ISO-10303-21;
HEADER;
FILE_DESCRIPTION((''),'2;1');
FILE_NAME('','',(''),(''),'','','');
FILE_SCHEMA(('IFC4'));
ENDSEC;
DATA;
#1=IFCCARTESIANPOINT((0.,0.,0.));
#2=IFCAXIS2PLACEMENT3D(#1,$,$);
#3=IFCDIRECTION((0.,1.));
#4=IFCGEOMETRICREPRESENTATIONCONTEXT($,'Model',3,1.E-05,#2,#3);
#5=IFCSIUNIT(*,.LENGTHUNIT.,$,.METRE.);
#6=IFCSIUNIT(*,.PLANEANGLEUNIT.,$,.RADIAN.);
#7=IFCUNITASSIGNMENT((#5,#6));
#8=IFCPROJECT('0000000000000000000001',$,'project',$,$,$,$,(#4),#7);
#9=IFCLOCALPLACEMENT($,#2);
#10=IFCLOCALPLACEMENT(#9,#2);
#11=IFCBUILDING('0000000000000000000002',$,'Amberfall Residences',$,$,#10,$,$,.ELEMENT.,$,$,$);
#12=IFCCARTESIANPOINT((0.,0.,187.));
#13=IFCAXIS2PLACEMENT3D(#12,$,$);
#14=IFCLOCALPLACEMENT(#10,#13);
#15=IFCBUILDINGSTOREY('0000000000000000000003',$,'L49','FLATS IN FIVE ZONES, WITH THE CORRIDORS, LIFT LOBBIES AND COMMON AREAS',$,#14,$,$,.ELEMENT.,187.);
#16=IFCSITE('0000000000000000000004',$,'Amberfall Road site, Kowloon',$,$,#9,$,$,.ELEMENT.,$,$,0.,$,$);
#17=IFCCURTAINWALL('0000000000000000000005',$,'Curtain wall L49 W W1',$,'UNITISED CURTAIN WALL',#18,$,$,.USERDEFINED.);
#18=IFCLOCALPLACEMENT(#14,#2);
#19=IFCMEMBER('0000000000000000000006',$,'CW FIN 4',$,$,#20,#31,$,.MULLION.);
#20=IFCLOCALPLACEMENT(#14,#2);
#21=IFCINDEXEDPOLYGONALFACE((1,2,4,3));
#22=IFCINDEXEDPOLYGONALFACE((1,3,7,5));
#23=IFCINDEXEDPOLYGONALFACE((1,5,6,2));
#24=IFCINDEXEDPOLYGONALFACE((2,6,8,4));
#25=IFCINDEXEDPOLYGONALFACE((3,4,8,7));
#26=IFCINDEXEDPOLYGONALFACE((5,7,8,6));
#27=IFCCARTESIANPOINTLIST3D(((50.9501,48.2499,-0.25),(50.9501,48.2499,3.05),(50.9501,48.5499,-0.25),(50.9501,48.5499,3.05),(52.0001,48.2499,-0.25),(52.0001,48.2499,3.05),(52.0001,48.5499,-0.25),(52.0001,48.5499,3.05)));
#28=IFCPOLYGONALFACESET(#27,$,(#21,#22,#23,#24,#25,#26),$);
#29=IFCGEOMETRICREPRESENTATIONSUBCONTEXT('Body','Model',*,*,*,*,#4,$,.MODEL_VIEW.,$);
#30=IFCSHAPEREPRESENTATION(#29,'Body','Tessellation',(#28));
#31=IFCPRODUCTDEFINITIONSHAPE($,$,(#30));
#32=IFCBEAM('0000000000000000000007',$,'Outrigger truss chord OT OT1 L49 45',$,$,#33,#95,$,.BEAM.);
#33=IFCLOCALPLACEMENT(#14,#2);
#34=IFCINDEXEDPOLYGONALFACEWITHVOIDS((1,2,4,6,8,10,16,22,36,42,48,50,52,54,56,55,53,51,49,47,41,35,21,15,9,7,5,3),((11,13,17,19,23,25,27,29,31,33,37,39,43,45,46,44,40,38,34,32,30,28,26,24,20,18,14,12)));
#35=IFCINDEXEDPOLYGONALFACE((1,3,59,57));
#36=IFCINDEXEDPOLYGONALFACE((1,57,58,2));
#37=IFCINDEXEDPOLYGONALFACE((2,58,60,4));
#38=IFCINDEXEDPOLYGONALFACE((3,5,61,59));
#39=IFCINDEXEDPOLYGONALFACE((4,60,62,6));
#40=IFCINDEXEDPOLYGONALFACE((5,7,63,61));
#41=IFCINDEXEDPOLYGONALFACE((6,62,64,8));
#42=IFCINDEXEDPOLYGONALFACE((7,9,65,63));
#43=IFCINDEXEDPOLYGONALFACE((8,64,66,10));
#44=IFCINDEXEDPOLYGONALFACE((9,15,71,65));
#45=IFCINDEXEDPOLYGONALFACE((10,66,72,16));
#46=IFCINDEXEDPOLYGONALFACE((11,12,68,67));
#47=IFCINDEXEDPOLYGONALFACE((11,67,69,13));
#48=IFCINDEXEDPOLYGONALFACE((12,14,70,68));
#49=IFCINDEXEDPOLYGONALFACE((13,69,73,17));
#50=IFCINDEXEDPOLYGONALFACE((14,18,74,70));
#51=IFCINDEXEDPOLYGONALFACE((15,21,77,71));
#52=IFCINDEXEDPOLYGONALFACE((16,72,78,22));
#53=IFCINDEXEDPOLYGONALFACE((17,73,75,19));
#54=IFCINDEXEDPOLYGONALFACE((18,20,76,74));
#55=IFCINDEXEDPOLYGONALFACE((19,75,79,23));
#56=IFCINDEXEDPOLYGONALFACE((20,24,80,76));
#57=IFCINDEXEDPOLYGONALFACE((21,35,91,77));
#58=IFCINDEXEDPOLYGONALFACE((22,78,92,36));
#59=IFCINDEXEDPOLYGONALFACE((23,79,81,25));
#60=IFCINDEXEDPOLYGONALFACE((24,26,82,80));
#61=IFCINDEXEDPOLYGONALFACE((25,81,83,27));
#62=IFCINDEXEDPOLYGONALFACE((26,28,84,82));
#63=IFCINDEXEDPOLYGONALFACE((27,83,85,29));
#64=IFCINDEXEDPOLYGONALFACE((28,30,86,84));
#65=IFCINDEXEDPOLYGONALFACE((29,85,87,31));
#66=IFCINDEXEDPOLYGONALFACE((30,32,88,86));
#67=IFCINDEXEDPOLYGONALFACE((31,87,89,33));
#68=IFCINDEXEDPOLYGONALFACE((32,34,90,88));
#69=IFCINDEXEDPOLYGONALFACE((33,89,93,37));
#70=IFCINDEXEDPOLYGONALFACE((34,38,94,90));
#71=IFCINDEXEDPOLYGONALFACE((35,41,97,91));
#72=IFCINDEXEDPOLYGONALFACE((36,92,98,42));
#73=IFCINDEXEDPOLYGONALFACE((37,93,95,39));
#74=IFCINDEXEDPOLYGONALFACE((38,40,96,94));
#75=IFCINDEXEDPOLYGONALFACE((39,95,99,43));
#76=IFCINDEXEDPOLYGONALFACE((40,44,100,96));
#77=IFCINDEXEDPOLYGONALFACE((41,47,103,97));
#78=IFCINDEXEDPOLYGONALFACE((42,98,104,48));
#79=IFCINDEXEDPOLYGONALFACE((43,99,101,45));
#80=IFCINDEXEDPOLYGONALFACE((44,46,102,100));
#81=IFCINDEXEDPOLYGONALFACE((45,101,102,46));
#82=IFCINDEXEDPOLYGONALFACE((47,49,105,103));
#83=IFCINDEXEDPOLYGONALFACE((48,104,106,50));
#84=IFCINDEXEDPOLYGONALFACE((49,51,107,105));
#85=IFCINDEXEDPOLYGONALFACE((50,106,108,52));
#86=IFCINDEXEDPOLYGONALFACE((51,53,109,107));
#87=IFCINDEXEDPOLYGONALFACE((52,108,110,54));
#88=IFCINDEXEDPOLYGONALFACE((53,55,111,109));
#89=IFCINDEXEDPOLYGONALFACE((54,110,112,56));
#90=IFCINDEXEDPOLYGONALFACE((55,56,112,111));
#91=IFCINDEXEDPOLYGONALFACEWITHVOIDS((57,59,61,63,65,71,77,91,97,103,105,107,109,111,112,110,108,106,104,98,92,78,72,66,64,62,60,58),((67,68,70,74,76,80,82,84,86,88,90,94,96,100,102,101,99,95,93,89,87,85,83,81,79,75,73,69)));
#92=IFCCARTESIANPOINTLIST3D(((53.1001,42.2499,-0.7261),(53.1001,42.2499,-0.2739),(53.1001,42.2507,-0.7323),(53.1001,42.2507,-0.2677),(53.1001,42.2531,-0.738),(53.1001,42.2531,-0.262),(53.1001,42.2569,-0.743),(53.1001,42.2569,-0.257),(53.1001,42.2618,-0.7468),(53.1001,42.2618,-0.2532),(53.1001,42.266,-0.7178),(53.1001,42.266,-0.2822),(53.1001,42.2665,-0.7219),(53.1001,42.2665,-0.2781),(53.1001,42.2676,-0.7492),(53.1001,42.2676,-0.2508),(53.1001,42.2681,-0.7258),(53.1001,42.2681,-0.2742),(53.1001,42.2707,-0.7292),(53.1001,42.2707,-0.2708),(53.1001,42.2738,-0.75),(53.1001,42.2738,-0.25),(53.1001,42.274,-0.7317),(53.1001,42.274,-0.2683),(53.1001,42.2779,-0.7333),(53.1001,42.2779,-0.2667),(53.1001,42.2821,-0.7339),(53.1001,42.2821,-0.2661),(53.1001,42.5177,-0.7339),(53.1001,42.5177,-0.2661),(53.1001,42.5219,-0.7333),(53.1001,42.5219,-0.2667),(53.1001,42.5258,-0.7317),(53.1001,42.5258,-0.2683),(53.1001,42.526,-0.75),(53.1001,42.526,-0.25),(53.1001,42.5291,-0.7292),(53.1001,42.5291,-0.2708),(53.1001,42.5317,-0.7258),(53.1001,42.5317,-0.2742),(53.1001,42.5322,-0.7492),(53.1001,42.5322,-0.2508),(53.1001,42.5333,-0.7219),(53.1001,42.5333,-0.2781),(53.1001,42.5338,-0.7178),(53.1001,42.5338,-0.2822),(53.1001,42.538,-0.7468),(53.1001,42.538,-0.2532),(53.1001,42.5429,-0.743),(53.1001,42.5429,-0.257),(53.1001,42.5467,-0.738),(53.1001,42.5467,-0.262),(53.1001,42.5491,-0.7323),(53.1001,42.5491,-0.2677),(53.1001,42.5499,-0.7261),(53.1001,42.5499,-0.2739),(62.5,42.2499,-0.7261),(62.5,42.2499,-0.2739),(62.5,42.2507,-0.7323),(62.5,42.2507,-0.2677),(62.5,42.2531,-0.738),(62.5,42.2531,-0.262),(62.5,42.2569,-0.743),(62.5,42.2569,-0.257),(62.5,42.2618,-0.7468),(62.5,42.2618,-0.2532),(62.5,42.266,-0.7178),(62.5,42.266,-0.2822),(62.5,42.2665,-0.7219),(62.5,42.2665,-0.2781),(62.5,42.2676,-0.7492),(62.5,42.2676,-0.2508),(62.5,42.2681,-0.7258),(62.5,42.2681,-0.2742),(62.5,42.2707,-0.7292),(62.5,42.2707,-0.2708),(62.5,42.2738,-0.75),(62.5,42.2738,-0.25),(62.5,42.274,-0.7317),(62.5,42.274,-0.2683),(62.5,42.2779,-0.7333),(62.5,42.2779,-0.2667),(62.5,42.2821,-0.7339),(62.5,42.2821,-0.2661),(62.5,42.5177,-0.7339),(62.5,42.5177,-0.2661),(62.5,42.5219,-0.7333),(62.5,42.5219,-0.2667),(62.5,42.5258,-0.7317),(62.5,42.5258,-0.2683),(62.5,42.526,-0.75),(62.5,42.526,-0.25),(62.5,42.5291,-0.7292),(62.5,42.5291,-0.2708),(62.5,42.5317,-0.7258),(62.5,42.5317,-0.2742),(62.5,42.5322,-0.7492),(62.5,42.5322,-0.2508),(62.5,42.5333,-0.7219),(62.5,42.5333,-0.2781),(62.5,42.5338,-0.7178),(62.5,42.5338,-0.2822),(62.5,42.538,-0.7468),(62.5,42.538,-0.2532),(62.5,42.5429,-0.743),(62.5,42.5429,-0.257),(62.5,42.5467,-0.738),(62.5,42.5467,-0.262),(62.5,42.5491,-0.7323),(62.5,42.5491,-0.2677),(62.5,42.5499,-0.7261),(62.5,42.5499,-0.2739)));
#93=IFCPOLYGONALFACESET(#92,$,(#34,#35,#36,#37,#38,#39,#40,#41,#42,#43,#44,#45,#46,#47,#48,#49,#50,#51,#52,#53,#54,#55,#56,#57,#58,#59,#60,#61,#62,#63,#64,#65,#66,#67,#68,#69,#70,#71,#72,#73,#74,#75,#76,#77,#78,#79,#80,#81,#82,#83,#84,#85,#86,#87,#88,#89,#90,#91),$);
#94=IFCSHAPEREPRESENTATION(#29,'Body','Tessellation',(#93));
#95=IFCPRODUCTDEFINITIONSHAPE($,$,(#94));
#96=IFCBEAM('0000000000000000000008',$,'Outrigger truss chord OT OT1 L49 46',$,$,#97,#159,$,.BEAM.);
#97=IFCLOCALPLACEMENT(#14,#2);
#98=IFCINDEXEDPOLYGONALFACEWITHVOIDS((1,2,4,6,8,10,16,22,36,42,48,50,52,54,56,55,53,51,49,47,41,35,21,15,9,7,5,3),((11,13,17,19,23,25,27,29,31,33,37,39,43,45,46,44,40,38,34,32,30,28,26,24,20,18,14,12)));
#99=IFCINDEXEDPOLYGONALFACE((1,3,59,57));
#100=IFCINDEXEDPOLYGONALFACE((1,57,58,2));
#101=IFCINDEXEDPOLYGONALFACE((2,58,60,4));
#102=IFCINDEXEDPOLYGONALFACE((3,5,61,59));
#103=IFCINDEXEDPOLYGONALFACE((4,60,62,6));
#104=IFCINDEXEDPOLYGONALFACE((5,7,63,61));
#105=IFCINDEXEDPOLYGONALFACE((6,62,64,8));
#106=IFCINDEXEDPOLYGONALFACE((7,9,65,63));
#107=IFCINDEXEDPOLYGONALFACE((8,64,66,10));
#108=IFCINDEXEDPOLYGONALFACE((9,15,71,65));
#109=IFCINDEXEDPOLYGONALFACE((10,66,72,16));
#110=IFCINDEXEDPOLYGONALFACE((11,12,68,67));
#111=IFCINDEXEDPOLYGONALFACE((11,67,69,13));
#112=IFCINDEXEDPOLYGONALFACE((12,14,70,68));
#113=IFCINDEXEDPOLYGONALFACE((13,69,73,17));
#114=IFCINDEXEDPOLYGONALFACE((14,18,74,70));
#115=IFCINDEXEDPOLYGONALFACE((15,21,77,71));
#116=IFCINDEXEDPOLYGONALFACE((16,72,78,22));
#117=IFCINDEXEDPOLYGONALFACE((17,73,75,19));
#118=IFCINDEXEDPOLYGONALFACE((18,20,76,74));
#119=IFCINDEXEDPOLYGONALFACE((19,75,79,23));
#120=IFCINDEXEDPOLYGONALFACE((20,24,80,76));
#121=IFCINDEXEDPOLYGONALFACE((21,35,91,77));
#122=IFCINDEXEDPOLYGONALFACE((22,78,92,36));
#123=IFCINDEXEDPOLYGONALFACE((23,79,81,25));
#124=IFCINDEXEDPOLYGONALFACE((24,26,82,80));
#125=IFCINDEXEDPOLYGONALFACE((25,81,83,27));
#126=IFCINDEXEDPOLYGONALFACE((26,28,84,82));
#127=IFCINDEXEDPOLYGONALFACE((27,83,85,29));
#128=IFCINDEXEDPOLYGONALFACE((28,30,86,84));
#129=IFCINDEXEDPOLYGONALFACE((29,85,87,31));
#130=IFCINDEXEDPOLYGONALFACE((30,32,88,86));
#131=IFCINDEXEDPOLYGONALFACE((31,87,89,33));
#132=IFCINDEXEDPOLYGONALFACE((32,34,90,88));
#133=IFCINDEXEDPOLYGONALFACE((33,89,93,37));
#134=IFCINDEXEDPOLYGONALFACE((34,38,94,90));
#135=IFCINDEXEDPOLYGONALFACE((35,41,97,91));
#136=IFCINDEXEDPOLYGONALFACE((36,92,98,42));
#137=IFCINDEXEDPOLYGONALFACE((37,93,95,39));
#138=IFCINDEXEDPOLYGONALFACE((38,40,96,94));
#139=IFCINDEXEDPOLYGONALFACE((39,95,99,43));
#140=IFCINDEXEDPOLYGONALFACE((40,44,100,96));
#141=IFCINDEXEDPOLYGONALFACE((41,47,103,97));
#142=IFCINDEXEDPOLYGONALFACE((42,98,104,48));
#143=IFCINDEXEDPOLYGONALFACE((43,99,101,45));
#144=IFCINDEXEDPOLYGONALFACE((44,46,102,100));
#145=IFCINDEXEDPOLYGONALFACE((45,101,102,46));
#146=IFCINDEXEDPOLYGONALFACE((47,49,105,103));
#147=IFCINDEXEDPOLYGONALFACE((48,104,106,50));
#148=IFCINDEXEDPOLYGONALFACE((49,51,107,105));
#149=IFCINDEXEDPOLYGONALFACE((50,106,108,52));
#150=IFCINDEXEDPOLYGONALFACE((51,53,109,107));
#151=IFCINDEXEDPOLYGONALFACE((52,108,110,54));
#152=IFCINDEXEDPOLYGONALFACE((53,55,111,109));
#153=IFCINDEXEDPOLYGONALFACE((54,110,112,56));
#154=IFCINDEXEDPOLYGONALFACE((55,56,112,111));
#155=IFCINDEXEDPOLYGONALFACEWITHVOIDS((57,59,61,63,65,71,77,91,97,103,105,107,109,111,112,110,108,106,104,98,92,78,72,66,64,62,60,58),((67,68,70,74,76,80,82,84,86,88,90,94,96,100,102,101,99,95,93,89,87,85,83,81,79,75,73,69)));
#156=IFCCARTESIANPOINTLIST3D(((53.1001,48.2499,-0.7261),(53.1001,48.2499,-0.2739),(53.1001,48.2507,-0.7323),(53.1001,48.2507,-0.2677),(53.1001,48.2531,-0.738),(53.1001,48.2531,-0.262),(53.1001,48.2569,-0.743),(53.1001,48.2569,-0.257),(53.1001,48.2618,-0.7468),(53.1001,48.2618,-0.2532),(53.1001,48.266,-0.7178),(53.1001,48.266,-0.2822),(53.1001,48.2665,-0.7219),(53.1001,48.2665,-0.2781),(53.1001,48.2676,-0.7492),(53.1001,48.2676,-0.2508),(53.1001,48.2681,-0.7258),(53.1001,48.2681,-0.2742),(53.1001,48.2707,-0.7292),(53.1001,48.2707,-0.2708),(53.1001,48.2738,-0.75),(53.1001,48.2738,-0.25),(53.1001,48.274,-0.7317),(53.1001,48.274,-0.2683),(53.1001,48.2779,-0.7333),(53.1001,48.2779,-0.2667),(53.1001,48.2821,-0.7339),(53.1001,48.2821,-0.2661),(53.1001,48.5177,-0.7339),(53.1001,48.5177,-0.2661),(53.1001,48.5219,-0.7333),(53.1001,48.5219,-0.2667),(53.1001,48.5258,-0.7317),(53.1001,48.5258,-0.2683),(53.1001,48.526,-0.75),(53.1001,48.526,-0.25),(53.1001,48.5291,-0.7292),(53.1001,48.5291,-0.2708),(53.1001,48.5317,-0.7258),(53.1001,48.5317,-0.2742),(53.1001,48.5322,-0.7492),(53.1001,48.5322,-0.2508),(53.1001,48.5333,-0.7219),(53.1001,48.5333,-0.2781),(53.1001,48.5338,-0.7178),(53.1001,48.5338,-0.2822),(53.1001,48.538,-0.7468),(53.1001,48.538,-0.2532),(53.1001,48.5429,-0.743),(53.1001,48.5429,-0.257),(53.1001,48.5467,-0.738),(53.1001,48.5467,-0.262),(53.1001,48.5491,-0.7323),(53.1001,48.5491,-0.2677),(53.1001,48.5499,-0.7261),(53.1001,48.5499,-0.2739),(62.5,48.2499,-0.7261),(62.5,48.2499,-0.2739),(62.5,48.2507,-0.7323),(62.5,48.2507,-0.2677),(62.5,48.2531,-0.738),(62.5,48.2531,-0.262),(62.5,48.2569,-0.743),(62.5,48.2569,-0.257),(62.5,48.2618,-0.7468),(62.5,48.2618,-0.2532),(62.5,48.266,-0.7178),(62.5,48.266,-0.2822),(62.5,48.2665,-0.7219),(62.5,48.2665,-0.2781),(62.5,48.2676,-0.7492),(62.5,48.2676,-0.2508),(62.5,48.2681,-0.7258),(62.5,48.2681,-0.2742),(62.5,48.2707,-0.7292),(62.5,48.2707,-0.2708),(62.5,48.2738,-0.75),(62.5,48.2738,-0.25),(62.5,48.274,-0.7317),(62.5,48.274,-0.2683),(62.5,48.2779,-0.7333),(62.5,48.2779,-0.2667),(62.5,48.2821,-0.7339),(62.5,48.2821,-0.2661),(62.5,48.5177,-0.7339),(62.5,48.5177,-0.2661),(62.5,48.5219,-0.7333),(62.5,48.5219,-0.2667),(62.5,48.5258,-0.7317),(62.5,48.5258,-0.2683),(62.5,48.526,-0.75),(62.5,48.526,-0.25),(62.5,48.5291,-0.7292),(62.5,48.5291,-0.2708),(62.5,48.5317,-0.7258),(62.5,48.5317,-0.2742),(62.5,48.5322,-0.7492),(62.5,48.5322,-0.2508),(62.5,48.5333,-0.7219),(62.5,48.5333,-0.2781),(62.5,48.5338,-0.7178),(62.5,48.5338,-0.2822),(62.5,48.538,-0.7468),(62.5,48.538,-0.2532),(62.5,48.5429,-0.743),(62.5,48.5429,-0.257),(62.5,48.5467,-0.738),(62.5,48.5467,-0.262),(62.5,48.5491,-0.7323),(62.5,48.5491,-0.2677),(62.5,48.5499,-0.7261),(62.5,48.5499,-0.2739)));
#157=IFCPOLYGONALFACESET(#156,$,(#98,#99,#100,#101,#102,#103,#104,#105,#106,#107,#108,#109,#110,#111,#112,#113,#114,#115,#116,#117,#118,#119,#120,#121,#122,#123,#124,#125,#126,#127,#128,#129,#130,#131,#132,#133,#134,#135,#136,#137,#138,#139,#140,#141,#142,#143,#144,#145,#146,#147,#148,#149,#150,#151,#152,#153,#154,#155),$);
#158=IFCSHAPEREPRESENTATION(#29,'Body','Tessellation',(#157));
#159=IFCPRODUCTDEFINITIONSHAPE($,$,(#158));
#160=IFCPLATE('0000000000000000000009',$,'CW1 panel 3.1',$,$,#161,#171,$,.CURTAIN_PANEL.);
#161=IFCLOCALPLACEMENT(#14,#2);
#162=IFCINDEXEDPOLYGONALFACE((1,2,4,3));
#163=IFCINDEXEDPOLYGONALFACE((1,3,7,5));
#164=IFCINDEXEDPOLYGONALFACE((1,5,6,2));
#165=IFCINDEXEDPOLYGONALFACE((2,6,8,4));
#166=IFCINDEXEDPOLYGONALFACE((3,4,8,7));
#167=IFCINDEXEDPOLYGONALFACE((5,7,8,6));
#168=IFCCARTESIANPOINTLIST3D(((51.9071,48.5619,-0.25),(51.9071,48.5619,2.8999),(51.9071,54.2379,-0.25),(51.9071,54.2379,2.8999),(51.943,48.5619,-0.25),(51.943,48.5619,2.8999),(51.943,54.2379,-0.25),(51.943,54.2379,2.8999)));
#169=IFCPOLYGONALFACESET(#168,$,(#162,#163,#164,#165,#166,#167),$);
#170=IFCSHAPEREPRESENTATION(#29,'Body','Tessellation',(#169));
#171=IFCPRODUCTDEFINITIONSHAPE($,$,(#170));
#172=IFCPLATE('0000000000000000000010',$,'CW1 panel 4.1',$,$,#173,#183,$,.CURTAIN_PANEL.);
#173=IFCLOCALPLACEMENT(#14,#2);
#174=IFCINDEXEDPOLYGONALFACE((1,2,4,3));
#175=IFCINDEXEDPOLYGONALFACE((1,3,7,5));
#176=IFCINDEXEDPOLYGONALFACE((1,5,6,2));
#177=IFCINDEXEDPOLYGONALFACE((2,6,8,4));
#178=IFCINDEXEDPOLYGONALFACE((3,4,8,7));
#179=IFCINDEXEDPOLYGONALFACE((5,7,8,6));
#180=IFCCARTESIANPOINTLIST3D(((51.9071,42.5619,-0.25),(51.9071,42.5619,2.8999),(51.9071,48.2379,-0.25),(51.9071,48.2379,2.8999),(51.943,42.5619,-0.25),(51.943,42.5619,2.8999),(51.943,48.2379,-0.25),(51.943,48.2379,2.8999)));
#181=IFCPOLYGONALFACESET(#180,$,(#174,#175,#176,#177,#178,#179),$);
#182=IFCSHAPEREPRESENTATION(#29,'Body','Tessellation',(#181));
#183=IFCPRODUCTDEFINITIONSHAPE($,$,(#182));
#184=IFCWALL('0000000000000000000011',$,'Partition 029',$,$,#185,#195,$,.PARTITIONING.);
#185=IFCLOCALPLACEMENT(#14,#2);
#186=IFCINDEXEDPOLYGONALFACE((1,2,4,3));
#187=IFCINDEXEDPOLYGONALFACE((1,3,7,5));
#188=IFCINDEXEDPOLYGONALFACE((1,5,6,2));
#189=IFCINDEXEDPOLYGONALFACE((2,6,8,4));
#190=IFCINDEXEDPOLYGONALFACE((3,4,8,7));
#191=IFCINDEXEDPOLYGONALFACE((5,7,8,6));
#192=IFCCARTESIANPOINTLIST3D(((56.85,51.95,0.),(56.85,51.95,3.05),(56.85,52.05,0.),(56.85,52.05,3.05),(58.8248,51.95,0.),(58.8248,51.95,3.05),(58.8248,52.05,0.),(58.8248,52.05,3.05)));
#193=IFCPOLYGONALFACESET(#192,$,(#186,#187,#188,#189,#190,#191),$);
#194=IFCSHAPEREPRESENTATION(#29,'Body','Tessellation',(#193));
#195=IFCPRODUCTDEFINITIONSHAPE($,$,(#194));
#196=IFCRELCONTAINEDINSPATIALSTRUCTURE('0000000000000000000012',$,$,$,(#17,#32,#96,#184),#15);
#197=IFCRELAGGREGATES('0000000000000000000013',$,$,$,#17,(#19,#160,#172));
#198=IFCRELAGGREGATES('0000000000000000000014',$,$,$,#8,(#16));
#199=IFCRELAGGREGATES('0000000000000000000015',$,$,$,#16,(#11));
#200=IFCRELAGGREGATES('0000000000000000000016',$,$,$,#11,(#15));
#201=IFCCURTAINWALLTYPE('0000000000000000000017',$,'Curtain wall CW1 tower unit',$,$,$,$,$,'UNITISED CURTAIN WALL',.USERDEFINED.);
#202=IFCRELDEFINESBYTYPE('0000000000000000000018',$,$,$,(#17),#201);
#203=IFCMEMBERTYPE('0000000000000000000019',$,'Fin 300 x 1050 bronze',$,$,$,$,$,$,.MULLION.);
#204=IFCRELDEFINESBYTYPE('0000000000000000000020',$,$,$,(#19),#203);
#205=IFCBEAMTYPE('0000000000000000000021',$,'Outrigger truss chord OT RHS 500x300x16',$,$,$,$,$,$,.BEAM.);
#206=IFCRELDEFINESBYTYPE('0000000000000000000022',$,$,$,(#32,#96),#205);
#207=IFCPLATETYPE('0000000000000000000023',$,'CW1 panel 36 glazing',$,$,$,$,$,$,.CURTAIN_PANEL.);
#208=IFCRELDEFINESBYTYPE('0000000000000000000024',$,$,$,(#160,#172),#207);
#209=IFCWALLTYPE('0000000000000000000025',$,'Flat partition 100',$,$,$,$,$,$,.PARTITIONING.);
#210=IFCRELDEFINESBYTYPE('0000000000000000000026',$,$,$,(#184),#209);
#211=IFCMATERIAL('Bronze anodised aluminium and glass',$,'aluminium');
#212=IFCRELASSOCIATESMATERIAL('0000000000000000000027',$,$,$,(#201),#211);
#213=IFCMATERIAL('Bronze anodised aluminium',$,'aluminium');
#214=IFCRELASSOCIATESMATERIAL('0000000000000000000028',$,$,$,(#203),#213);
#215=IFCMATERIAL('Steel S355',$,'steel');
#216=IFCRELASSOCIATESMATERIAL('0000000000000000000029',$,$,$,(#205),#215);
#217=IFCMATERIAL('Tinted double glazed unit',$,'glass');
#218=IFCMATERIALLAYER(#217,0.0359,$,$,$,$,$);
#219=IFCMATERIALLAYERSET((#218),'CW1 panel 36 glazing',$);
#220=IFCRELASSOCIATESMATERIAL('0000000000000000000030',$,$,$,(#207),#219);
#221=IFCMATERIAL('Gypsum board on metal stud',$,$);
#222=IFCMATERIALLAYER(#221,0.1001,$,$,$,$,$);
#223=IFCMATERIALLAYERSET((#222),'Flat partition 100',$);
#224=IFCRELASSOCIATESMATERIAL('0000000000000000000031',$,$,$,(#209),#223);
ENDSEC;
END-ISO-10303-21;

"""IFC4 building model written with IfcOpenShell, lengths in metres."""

from ifc_helpers import new_model, si_unit, direction, frame, frame_2d, origin, origin_2d, place, context, subcontext, project, spatial, rectangle, hollow_rectangle, extrude, material, layer, layer_set, material_profile, profile_set, type_object, element, aggregate, save


model = new_model("IFC4")

# Units and contexts
model_context = context("Model", 3, precision=1e-05, world=origin(), true_north=direction((0.0, 1.0)))
body_context = subcontext(model_context, "Body", "Model", "MODEL_VIEW")
ifc_project = project(units=[si_unit("LENGTHUNIT", "METRE"), si_unit("PLANEANGLEUNIT", "RADIAN")], contexts=[model_context])

# Site, building, storey
site_placement = place(None, origin())
site = spatial("IfcSite", under=ifc_project, at=site_placement, Name="Amberfall Road site, Kowloon", CompositionType="ELEMENT", RefElevation=0.0)
building_placement = place(site_placement, origin())
building = spatial("IfcBuilding", under=site, at=building_placement, Name="Amberfall Residences", CompositionType="ELEMENT")
storey_placement = place(building_placement, frame((0.0, 0.0, 187.0)))
storey = spatial("IfcBuildingStorey", under=building, at=storey_placement, Name="L49", Description="FLATS IN FIVE ZONES, WITH THE CORRIDORS, LIFT LOBBIES AND COMMON AREAS", CompositionType="ELEMENT", Elevation=187.0)

# Shared definitions
ifc_material_1 = material(Name="Steel S355", Category="steel")

# Curtain wall, member
ifc_material_2 = material(Name="Bronze anodised aluminium and glass", Category="aluminium")
curtain_wall_type = type_object("IfcCurtainWallType", Name="Curtain wall CW1 tower unit", ElementType="UNITISED CURTAIN WALL", PredefinedType="USERDEFINED", material=ifc_material_2)
curtain_wall_placement = place(storey_placement, origin())
curtain_wall = element("IfcCurtainWall", 1, at=curtain_wall_placement, inside=storey, type_object=curtain_wall_type, Name="Curtain wall L49 W W1", ObjectType="UNITISED CURTAIN WALL", PredefinedType="USERDEFINED")
ifc_material_3 = material(Name="Bronze anodised aluminium", Category="aluminium")
ifc_material_profile_1 = material_profile(ifc_material_3, rectangle(XDim=1.05, YDim=0.3, at=origin_2d()), Name="Fin 300 x 1050 bronze")
ifc_profile_set_1 = profile_set([ifc_material_profile_1], Name="Bronze anodised aluminium")
member_type_1 = type_object("IfcMemberType", Name="Fin 300 x 1050 bronze", PredefinedType="MULLION", material=ifc_profile_set_1)
member_1_placement = place(storey_placement, frame((51.4751, 48.3999, -0.25), z_axis=(0.0, 0.0, 1.0), x_axis=(1.0, 0.0, 0.0)))
member_1 = element("IfcMember", 2, at=member_1_placement, type_object=member_type_1, Name="CW FIN 4", PredefinedType="MULLION", context=body_context, shape_type="SweptSolid", body=[
    extrude(rectangle(XDim=1.05, YDim=0.3, at=origin_2d()), origin(), (0.0, 0.0, 1.0), 3.3),
])

# Beams
ifc_material_profile_2 = material_profile(ifc_material_1, hollow_rectangle(XDim=0.3, YDim=0.5, WallThickness=0.0161, InnerFilletRadius=0.0161, OuterFilletRadius=0.0239, at=origin_2d()), Name="RHS 500x300x16")
ifc_profile_set_2 = profile_set([ifc_material_profile_2], Name="Steel S355")
beam_type_1 = type_object("IfcBeamType", Name="Outrigger truss chord OT RHS 500x300x16", PredefinedType="BEAM", material=ifc_profile_set_2)
for number, where, z_axis, x_axis, name in (
    (3, (53.1001, 42.3999, -0.5), (1.0, 0.0, 0.0), (0.0, 1.0, 0.0), "Outrigger truss chord OT OT1 L49 45"),
    (4, (53.1001, 48.3999, -0.5), (1.0, 0.0, 0.0), (0.0, 1.0, 0.0), "Outrigger truss chord OT OT1 L49 46"),
):
    element("IfcBeam", number, at=place(storey_placement, frame(where, z_axis=z_axis, x_axis=x_axis)), inside=storey, type_object=beam_type_1, Name=name, PredefinedType="BEAM", context=body_context, shape_type="SweptSolid", body=[
        extrude(hollow_rectangle(XDim=0.3, YDim=0.5, WallThickness=0.0161, InnerFilletRadius=0.0161, OuterFilletRadius=0.0239, at=origin_2d()), origin(), (0.0, 0.0, 1.0), 9.3999),
    ])

# Plates
ifc_material_4 = material(Name="Tinted double glazed unit", Category="glass")
ifc_layer_1 = layer(ifc_material_4, 0.0359)
ifc_layer_set_1 = layer_set([ifc_layer_1], Name="CW1 panel 36 glazing")
plate_type = type_object("IfcPlateType", Name="CW1 panel 36 glazing", PredefinedType="CURTAIN_PANEL", material=ifc_layer_set_1)
plate_1_placement = place(storey_placement, frame((51.925, 51.3999, -0.25), z_axis=(0.0, 0.0, 1.0), x_axis=(0.0, -1.0, 0.0)))
plate_1 = element("IfcPlate", 5, at=plate_1_placement, type_object=plate_type, Name="CW1 panel 3.1", PredefinedType="CURTAIN_PANEL", context=body_context, shape_type="SweptSolid", body=[
    extrude(rectangle(XDim=5.676, YDim=0.0359, at=origin_2d()), origin(), (0.0, 0.0, 1.0), 3.1499),
])
plate_2_placement = place(storey_placement, frame((51.925, 45.3999, -0.25), z_axis=(0.0, 0.0, 1.0), x_axis=(0.0, -1.0, 0.0)))
plate_2 = element("IfcPlate", 6, at=plate_2_placement, type_object=plate_type, Name="CW1 panel 4.1", PredefinedType="CURTAIN_PANEL", context=body_context, shape_type="SweptSolid", body=[
    extrude(rectangle(XDim=5.676, YDim=0.0359, at=origin_2d()), origin(), (0.0, 0.0, 1.0), 3.1499),
])
aggregate(curtain_wall, [member_1, plate_1, plate_2])

# Wall
ifc_material_5 = material(Name="Gypsum board on metal stud")
ifc_layer_2 = layer(ifc_material_5, 0.1001)
ifc_layer_set_2 = layer_set([ifc_layer_2], Name="Flat partition 100")
wall_type_1 = type_object("IfcWallType", Name="Flat partition 100", PredefinedType="PARTITIONING", material=ifc_layer_set_2)
wall_1_placement = place(storey_placement, frame((56.8501, 52.0, 0.0), z_axis=(0.0, 0.0, 1.0), x_axis=(1.0, 0.0, 0.0)))
element("IfcWall", 7, at=wall_1_placement, inside=storey, type_object=wall_type_1, Name="Partition 029", PredefinedType="PARTITIONING", context=body_context, shape_type="SweptSolid", body=[
    extrude(rectangle(XDim=1.9749, YDim=0.1001, at=frame_2d((0.9873, 0.0))), origin(), (0.0, 0.0, 1.0), 3.05),
])

save(model, "model.ifc")
